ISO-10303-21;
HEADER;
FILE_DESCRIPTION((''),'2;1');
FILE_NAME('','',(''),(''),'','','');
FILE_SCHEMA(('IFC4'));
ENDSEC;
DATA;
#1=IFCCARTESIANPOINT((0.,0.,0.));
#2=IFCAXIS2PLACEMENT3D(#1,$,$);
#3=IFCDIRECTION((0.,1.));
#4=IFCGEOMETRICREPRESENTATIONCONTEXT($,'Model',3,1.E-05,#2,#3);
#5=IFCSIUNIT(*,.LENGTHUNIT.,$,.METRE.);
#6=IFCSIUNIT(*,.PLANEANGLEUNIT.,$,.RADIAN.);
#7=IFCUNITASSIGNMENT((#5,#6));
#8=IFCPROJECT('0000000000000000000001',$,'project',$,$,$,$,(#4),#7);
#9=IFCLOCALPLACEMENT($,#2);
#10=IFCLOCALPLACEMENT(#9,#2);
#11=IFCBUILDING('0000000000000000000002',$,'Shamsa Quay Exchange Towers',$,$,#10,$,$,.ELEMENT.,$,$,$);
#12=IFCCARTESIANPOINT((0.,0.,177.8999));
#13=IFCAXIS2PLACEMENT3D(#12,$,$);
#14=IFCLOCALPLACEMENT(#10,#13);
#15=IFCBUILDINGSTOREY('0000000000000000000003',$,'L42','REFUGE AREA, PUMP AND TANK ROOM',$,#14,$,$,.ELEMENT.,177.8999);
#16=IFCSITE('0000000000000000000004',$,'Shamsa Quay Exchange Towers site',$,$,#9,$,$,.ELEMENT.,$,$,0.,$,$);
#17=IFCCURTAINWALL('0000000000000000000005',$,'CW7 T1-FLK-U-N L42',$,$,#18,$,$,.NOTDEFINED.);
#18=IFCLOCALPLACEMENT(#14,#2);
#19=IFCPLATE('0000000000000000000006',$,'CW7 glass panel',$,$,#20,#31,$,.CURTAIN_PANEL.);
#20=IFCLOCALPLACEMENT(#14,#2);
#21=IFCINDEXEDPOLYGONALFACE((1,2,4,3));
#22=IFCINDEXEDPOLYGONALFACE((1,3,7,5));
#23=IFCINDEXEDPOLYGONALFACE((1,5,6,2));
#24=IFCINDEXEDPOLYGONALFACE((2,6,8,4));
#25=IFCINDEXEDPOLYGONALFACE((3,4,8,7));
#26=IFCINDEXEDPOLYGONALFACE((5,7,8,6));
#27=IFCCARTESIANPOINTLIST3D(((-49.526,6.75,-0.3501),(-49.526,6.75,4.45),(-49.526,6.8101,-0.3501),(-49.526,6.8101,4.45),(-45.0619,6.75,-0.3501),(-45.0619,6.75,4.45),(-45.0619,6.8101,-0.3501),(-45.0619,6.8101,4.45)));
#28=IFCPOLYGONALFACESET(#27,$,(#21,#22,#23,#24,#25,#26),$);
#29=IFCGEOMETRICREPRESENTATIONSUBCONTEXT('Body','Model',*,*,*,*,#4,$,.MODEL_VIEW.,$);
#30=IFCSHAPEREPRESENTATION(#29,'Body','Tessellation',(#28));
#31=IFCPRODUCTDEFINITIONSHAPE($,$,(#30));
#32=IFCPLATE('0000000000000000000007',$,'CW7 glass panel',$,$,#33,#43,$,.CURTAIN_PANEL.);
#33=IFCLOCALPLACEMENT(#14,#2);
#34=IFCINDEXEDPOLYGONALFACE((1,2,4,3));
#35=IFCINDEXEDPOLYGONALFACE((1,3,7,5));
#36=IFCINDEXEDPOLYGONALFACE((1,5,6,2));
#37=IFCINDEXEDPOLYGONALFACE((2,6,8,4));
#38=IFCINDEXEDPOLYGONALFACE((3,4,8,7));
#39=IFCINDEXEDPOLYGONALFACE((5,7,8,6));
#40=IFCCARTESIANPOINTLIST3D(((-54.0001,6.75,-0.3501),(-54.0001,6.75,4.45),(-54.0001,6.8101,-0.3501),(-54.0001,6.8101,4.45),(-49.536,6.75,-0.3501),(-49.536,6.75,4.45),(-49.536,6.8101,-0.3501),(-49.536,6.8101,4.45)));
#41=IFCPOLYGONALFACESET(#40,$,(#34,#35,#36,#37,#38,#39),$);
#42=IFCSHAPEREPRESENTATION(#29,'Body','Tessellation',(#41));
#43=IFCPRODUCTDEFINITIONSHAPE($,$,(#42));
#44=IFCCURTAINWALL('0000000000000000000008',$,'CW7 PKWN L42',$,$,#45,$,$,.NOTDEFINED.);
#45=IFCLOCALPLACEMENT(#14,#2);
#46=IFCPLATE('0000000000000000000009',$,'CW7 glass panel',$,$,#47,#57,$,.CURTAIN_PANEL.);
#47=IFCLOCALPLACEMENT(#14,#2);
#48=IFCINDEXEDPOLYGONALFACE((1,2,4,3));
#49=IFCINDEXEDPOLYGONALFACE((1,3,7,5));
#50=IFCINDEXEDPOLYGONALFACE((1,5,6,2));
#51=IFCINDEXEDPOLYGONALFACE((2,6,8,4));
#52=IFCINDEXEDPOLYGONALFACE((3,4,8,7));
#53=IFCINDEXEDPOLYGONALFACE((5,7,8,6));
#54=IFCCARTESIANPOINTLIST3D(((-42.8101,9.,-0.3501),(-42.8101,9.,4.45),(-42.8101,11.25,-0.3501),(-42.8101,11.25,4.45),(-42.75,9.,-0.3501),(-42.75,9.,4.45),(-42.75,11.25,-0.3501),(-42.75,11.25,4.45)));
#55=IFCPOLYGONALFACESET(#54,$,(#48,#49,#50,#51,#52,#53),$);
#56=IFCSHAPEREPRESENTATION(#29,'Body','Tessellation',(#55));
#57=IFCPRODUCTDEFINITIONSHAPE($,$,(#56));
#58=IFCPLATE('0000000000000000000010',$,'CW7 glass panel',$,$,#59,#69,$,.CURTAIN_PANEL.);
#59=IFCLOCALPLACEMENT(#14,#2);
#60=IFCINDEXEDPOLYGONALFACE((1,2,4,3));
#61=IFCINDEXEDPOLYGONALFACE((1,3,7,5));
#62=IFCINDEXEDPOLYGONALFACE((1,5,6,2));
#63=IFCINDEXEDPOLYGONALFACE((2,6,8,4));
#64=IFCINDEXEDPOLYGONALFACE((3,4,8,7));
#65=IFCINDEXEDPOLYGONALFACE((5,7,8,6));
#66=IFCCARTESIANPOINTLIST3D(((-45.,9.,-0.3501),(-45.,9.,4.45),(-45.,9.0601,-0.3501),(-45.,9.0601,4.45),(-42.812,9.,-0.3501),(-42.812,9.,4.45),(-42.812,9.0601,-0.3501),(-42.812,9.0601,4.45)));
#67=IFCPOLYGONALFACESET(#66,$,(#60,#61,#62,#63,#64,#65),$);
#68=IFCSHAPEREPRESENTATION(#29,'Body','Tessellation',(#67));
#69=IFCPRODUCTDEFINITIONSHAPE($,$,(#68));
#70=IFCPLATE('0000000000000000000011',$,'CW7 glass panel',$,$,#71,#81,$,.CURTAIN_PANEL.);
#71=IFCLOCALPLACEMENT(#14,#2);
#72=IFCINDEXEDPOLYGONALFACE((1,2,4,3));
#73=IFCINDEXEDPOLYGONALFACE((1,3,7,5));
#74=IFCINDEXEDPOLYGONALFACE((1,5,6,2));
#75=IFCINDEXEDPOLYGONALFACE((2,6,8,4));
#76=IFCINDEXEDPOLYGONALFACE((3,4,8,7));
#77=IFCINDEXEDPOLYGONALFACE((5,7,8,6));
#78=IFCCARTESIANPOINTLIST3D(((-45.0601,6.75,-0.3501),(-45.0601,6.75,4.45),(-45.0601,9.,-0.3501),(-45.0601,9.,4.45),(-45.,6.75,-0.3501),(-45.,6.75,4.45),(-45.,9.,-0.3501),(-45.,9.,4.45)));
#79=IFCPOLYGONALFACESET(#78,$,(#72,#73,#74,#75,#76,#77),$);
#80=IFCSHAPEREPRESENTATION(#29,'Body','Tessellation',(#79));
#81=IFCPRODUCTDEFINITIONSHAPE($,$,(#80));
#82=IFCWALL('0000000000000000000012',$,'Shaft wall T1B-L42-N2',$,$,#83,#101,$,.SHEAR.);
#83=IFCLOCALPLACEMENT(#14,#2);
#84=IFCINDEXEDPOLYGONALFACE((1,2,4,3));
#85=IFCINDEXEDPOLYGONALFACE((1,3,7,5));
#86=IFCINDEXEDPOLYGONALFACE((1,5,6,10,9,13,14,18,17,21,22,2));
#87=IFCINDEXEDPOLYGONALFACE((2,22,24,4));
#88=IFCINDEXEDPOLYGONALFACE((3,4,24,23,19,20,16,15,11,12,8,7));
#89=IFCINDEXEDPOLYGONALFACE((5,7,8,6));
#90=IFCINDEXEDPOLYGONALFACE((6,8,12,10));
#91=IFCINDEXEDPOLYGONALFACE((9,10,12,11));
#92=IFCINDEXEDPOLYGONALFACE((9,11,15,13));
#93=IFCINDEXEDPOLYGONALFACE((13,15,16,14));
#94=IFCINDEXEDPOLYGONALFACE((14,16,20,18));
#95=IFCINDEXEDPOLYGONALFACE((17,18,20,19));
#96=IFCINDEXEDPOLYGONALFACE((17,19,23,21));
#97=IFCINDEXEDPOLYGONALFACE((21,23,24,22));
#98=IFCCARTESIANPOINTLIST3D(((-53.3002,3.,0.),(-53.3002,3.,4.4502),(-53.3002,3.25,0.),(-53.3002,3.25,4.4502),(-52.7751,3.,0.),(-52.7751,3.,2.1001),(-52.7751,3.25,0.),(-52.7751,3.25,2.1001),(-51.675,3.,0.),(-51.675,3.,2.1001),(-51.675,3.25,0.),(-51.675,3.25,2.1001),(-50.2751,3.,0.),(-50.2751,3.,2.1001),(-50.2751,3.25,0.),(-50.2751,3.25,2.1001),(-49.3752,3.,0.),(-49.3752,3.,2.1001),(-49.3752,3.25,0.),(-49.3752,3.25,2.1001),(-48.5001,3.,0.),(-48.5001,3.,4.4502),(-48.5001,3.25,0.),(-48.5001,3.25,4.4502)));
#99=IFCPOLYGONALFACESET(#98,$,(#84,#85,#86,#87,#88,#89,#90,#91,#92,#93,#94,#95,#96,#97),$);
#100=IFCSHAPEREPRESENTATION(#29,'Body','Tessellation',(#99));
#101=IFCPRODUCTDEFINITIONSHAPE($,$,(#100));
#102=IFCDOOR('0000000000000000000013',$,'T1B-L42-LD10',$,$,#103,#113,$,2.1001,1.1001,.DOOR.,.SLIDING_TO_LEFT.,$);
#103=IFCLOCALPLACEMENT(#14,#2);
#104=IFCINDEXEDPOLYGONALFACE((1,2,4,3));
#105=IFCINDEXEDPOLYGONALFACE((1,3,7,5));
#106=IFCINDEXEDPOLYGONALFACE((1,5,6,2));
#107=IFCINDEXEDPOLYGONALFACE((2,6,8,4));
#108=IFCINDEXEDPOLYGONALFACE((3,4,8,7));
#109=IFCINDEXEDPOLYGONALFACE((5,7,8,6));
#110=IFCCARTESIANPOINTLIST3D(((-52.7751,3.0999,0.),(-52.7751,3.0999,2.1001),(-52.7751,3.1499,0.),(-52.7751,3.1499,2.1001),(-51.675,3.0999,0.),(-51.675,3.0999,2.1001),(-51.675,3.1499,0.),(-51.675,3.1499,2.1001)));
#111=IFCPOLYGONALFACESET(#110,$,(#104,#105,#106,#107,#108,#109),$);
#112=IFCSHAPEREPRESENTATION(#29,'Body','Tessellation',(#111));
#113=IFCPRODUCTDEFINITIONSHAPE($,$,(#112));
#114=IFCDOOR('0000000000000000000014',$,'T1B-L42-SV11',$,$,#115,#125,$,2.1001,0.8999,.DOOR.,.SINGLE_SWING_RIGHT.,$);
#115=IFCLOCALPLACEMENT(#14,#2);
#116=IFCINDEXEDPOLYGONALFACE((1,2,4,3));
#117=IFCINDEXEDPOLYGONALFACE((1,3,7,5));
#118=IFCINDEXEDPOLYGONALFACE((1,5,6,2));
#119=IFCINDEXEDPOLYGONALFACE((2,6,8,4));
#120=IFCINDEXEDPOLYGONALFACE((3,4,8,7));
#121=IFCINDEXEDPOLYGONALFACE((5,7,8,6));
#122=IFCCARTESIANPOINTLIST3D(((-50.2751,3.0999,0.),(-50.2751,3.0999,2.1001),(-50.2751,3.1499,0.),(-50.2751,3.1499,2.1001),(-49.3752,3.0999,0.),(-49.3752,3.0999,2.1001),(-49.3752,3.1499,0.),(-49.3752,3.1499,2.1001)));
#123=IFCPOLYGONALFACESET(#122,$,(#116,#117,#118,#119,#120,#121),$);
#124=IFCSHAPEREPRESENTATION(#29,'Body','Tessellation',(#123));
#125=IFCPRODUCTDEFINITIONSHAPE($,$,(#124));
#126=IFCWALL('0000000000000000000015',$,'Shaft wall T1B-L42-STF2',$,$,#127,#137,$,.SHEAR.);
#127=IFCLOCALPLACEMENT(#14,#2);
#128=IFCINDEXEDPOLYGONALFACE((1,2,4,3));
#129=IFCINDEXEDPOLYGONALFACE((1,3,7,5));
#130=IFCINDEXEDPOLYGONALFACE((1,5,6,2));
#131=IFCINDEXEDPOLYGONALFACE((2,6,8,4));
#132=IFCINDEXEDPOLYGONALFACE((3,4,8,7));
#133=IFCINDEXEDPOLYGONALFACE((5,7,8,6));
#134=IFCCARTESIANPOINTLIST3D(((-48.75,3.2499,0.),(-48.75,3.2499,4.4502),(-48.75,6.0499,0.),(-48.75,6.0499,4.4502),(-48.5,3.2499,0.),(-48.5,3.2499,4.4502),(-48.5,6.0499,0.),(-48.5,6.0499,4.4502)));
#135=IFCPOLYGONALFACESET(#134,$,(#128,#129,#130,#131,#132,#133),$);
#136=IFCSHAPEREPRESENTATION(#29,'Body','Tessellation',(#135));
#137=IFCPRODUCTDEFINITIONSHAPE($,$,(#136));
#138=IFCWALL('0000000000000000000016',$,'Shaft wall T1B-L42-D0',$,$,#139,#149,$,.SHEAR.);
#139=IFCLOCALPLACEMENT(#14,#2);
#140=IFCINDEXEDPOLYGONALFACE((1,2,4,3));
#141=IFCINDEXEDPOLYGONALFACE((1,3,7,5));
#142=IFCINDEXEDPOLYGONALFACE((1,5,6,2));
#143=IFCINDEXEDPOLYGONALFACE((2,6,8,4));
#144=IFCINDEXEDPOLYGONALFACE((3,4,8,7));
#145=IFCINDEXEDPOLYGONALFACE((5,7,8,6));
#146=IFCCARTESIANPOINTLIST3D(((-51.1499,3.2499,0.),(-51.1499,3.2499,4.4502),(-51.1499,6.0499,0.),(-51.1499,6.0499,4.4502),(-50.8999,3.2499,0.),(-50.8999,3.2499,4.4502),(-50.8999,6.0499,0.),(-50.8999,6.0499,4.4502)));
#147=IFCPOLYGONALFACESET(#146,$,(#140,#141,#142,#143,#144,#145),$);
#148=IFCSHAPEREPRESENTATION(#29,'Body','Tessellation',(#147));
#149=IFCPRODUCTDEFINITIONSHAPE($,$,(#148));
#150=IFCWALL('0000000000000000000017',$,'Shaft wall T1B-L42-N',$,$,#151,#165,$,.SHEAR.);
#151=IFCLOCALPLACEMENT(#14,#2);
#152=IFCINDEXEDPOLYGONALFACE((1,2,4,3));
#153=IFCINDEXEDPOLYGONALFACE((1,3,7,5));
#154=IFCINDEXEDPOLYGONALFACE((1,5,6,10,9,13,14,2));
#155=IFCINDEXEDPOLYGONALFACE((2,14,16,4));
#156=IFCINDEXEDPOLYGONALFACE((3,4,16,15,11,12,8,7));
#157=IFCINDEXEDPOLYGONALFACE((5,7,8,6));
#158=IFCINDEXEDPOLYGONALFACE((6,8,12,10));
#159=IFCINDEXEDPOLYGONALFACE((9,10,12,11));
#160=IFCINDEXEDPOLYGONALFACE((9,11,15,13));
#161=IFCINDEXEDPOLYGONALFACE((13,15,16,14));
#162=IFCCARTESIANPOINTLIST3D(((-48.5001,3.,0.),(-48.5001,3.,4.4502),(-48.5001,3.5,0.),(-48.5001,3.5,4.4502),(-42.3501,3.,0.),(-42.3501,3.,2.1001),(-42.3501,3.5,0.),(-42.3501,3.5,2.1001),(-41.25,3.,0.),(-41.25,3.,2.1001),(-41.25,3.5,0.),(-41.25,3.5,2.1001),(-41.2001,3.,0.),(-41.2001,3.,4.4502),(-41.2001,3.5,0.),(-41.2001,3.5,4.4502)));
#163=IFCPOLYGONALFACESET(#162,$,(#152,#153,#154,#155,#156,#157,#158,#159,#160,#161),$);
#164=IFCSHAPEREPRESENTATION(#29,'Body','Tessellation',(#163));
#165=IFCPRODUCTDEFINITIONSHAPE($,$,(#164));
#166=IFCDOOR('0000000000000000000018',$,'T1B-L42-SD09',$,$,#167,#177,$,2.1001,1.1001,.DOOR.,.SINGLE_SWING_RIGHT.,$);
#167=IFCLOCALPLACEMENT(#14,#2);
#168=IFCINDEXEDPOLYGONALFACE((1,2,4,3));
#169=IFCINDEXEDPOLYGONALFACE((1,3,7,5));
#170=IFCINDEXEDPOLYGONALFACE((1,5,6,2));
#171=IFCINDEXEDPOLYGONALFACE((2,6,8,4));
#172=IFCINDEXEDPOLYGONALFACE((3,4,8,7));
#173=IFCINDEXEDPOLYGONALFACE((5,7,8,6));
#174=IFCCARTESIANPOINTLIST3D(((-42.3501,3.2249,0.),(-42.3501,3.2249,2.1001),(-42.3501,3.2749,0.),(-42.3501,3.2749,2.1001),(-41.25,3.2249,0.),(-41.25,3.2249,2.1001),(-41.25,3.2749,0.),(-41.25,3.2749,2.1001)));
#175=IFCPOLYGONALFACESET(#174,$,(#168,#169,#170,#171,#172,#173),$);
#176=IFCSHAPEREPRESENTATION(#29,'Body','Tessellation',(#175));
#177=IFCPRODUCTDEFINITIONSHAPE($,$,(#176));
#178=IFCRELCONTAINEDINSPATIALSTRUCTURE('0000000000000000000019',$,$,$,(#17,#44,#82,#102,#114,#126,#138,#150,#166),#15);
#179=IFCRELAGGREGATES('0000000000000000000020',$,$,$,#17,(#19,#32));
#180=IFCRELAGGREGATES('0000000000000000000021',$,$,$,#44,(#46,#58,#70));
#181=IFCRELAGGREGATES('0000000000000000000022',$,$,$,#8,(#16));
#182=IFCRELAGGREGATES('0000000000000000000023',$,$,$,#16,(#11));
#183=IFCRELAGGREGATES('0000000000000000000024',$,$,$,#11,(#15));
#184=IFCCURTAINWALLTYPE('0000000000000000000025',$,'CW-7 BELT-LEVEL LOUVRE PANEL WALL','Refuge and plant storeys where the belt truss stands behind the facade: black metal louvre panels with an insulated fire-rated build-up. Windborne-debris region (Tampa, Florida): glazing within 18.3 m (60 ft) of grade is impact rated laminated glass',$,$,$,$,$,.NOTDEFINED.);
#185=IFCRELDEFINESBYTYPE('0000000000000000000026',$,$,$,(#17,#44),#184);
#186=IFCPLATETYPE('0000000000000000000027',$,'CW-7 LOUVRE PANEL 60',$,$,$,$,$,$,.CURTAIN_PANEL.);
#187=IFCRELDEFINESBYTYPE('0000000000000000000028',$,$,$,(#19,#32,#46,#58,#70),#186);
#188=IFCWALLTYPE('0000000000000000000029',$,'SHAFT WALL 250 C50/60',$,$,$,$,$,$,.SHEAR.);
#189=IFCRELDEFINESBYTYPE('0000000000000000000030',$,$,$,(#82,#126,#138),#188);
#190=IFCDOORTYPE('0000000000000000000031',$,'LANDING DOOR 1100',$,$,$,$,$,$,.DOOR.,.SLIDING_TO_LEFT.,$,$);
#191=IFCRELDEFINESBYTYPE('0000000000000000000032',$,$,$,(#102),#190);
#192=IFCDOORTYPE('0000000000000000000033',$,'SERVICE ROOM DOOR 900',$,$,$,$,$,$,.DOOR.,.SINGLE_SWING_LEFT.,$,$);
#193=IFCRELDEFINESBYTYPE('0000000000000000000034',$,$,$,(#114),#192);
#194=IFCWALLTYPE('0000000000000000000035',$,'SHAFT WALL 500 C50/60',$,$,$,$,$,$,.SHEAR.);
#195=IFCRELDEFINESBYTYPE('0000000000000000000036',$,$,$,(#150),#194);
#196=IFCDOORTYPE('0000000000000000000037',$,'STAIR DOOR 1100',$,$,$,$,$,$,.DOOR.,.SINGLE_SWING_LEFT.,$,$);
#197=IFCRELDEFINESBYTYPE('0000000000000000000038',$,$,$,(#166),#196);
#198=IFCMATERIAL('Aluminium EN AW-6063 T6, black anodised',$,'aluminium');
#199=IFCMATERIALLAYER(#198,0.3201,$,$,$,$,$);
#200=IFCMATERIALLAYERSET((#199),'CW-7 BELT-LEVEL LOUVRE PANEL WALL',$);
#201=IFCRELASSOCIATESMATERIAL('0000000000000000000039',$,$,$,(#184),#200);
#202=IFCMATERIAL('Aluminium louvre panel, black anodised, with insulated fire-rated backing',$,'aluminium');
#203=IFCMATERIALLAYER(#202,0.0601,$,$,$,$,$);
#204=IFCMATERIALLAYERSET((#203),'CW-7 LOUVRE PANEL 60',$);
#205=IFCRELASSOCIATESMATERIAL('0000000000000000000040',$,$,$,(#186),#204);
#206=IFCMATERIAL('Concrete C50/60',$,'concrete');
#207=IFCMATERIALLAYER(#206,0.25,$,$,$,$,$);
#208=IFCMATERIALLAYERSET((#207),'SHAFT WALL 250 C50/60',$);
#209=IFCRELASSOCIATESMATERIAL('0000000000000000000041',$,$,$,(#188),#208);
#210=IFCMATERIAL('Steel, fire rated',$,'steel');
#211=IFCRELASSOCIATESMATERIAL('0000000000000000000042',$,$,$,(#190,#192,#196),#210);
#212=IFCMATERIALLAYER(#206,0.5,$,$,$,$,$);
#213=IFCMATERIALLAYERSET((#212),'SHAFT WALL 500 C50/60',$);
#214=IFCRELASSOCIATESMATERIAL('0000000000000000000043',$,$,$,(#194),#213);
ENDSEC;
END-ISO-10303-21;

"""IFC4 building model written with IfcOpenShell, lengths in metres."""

from ifc_helpers import new_model, si_unit, direction, frame, frame_2d, origin, origin_2d, place, context, subcontext, project, spatial, rectangle, extrude, material, layer, layer_set, type_object, element, fill, aggregate, save


model = new_model("IFC4")

# Units and contexts
model_context = context("Model", 3, precision=1e-05, world=origin(), true_north=direction((0.0, 1.0)))
body_context = subcontext(model_context, "Body", "Model", "MODEL_VIEW")
ifc_project = project(units=[si_unit("LENGTHUNIT", "METRE"), si_unit("PLANEANGLEUNIT", "RADIAN")], contexts=[model_context])

# Site, building, storey
site_placement = place(None, origin())
site = spatial("IfcSite", under=ifc_project, at=site_placement, Name="Shamsa Quay Exchange Towers site", CompositionType="ELEMENT", RefElevation=0.0)
building_placement = place(site_placement, origin())
building = spatial("IfcBuilding", under=site, at=building_placement, Name="Shamsa Quay Exchange Towers", CompositionType="ELEMENT")
storey_placement = place(building_placement, frame((0.0, 0.0, 177.8999)))
storey = spatial("IfcBuildingStorey", under=building, at=storey_placement, Name="L42", Description="REFUGE AREA, PUMP AND TANK ROOM", CompositionType="ELEMENT", Elevation=177.8999)

# Curtain walls, plates
ifc_material_1 = material(Name="Aluminium EN AW-6063 T6, black anodised", Category="aluminium")
ifc_layer_1 = layer(ifc_material_1, 0.3201)
ifc_layer_set_1 = layer_set([ifc_layer_1], Name="CW-7 BELT-LEVEL LOUVRE PANEL WALL")
curtain_wall_type = type_object("IfcCurtainWallType", Name="CW-7 BELT-LEVEL LOUVRE PANEL WALL", Description="Refuge and plant storeys where the belt truss stands behind the facade: black metal louvre panels with an insulated fire-rated build-up. Windborne-debris region (Tampa, Florida): glazing within 18.3 m (60 ft) of grade is impact rated laminated glass", PredefinedType="NOTDEFINED", material=ifc_layer_set_1)
curtain_wall_1_placement = place(storey_placement, origin())
curtain_wall_1 = element("IfcCurtainWall", 1, at=curtain_wall_1_placement, inside=storey, type_object=curtain_wall_type, Name="CW7 T1-FLK-U-N L42", PredefinedType="NOTDEFINED")
ifc_material_2 = material(Name="Aluminium louvre panel, black anodised, with insulated fire-rated backing", Category="aluminium")
ifc_layer_2 = layer(ifc_material_2, 0.0601)
ifc_layer_set_2 = layer_set([ifc_layer_2], Name="CW-7 LOUVRE PANEL 60")
plate_type = type_object("IfcPlateType", Name="CW-7 LOUVRE PANEL 60", PredefinedType="CURTAIN_PANEL", material=ifc_layer_set_2)
plate_1_placement = place(storey_placement, frame((-47.2939, 6.78, -0.3501), z_axis=(0.0, 0.0, 1.0), x_axis=(-1.0, 0.0, 0.0)))
plate_1 = element("IfcPlate", 2, at=plate_1_placement, type_object=plate_type, Name="CW7 glass panel", PredefinedType="CURTAIN_PANEL", context=body_context, shape_type="SweptSolid", body=[
    extrude(rectangle(XDim=4.4641, YDim=0.0601, at=origin_2d()), origin(), (0.0, 0.0, 1.0), 4.8),
])
plate_2_placement = place(storey_placement, frame((-51.7681, 6.78, -0.3501), z_axis=(0.0, 0.0, 1.0), x_axis=(-1.0, 0.0, 0.0)))
plate_2 = element("IfcPlate", 3, at=plate_2_placement, type_object=plate_type, Name="CW7 glass panel", PredefinedType="CURTAIN_PANEL", context=body_context, shape_type="SweptSolid", body=[
    extrude(rectangle(XDim=4.4641, YDim=0.0601, at=origin_2d()), origin(), (0.0, 0.0, 1.0), 4.8),
])
aggregate(curtain_wall_1, [plate_1, plate_2])
curtain_wall_2_placement = place(storey_placement, origin())
curtain_wall_2 = element("IfcCurtainWall", 4, at=curtain_wall_2_placement, inside=storey, type_object=curtain_wall_type, Name="CW7 PKWN L42", PredefinedType="NOTDEFINED")
plate_3_placement = place(storey_placement, frame((-42.78, 10.125, -0.3501), z_axis=(0.0, 0.0, 1.0), x_axis=(0.0, -1.0, 0.0)))
plate_3 = element("IfcPlate", 5, at=plate_3_placement, type_object=plate_type, Name="CW7 glass panel", PredefinedType="CURTAIN_PANEL", context=body_context, shape_type="SweptSolid", body=[
    extrude(rectangle(XDim=2.25, YDim=0.0601, at=origin_2d()), origin(), (0.0, 0.0, 1.0), 4.8),
])
plate_4_placement = place(storey_placement, frame((-43.906, 9.03, -0.3501), z_axis=(0.0, 0.0, 1.0), x_axis=(-1.0, 0.0, 0.0)))
plate_4 = element("IfcPlate", 6, at=plate_4_placement, type_object=plate_type, Name="CW7 glass panel", PredefinedType="CURTAIN_PANEL", context=body_context, shape_type="SweptSolid", body=[
    extrude(rectangle(XDim=2.188, YDim=0.0601, at=origin_2d()), origin(), (0.0, 0.0, 1.0), 4.8),
])
plate_5_placement = place(storey_placement, frame((-45.03, 7.875, -0.3501), z_axis=(0.0, 0.0, 1.0), x_axis=(0.0, -1.0, 0.0)))
plate_5 = element("IfcPlate", 7, at=plate_5_placement, type_object=plate_type, Name="CW7 glass panel", PredefinedType="CURTAIN_PANEL", context=body_context, shape_type="SweptSolid", body=[
    extrude(rectangle(XDim=2.25, YDim=0.0601, at=origin_2d()), origin(), (0.0, 0.0, 1.0), 4.8),
])
aggregate(curtain_wall_2, [plate_3, plate_4, plate_5])

# Wall, openings, doors
ifc_material_3 = material(Name="Concrete C50/60", Category="concrete")
ifc_layer_3 = layer(ifc_material_3, 0.25)
ifc_layer_set_3 = layer_set([ifc_layer_3], Name="SHAFT WALL 250 C50/60")
wall_type_1 = type_object("IfcWallType", Name="SHAFT WALL 250 C50/60", PredefinedType="SHEAR", material=ifc_layer_set_3)
wall_1_placement = place(storey_placement, frame((-53.3, 3.125, 0.0)))
wall_1 = element("IfcWall", 8, at=wall_1_placement, inside=storey, type_object=wall_type_1, Name="Shaft wall T1B-L42-N2", PredefinedType="SHEAR", context=body_context, shape_type="SweptSolid", body=[
    extrude(rectangle(XDim=4.8, YDim=0.25, at=frame_2d((2.3999, 0.0))), origin(), (0.0, 0.0, 1.0), 4.4502),
])
opening_1_placement = place(wall_1_placement, frame((0.5249, 0.0, 0.0)))
opening_1 = element("IfcOpeningElement", 9, at=opening_1_placement, cuts=wall_1, PredefinedType="OPENING", context=body_context, shape_type="SweptSolid", body=[
    extrude(rectangle(XDim=1.1001, YDim=2.1001, at=frame_2d((0.55, 1.05))), frame((0.0, 0.135, 0.0), z_axis=(0.0, -1.0, 0.0), x_axis=(1.0, 0.0, 0.0)), (0.0, 0.0, 1.0), 0.27),
])
opening_2_placement = place(wall_1_placement, frame((3.0249, 0.0, 0.0)))
opening_2 = element("IfcOpeningElement", 10, at=opening_2_placement, cuts=wall_1, PredefinedType="OPENING", context=body_context, shape_type="SweptSolid", body=[
    extrude(rectangle(XDim=0.8999, YDim=2.1001, at=frame_2d((0.45, 1.05))), frame((0.0, 0.135, 0.0), z_axis=(0.0, -1.0, 0.0), x_axis=(1.0, 0.0, 0.0)), (0.0, 0.0, 1.0), 0.27),
])
ifc_material_4 = material(Name="Steel, fire rated", Category="steel")
door_type_1 = type_object("IfcDoorType", Name="LANDING DOOR 1100", OperationType="SLIDING_TO_LEFT", PredefinedType="DOOR", material=ifc_material_4)
door_1_placement = place(opening_1_placement, origin())
door_1 = element("IfcDoor", 11, at=door_1_placement, inside=storey, type_object=door_type_1, Name="T1B-L42-LD10", OperationType="SLIDING_TO_LEFT", OverallHeight=2.1001, OverallWidth=1.1001, PredefinedType="DOOR", context=body_context, shape_type="SweptSolid", body=[
    extrude(rectangle(XDim=1.1001, YDim=2.1001, at=frame_2d((0.55, 1.05))), frame((0.0, 0.0249, 0.0), z_axis=(0.0, -1.0, 0.0), x_axis=(1.0, 0.0, 0.0)), (0.0, 0.0, 1.0), 0.05),
])
fill(opening_1, door_1)
door_type_2 = type_object("IfcDoorType", Name="SERVICE ROOM DOOR 900", OperationType="SINGLE_SWING_LEFT", PredefinedType="DOOR", material=ifc_material_4)
door_2_placement = place(opening_2_placement, origin())
door_2 = element("IfcDoor", 12, at=door_2_placement, inside=storey, type_object=door_type_2, Name="T1B-L42-SV11", OperationType="SINGLE_SWING_RIGHT", OverallHeight=2.1001, OverallWidth=0.8999, PredefinedType="DOOR", context=body_context, shape_type="SweptSolid", body=[
    extrude(rectangle(XDim=0.8999, YDim=2.1001, at=frame_2d((0.45, 1.05))), frame((0.0, 0.0249, 0.0), z_axis=(0.0, -1.0, 0.0), x_axis=(1.0, 0.0, 0.0)), (0.0, 0.0, 1.0), 0.05),
])
fill(opening_2, door_2)

# Walls
for number, where, z_axis, x_axis, name in (
    (13, (-48.625, 3.25, 0.0), (0.0, 0.0, 1.0), (0.0, 1.0, 0.0), "Shaft wall T1B-L42-STF2"),
    (14, (-51.0249, 3.25, 0.0), (0.0, 0.0, 1.0), (0.0, 1.0, 0.0), "Shaft wall T1B-L42-D0"),
):
    element("IfcWall", number, at=place(storey_placement, frame(where, z_axis=z_axis, x_axis=x_axis)), inside=storey, type_object=wall_type_1, Name=name, PredefinedType="SHEAR", context=body_context, shape_type="SweptSolid", body=[
        extrude(rectangle(XDim=2.8, YDim=0.25, at=frame_2d((1.3999, 0.0))), origin(), (0.0, 0.0, 1.0), 4.4502),
    ])

# Wall, opening, door
ifc_layer_4 = layer(ifc_material_3, 0.5)
ifc_layer_set_4 = layer_set([ifc_layer_4], Name="SHAFT WALL 500 C50/60")
wall_type_2 = type_object("IfcWallType", Name="SHAFT WALL 500 C50/60", PredefinedType="SHEAR", material=ifc_layer_set_4)
wall_2_placement = place(storey_placement, frame((-48.5, 3.25, 0.0)))
wall_2 = element("IfcWall", 15, at=wall_2_placement, inside=storey, type_object=wall_type_2, Name="Shaft wall T1B-L42-N", PredefinedType="SHEAR", context=body_context, shape_type="SweptSolid", body=[
    extrude(rectangle(XDim=7.3, YDim=0.5, at=frame_2d((3.6499, 0.0))), origin(), (0.0, 0.0, 1.0), 4.4502),
])
opening_3_placement = place(wall_2_placement, frame((6.1499, 0.0, 0.0)))
opening_3 = element("IfcOpeningElement", 16, at=opening_3_placement, cuts=wall_2, PredefinedType="OPENING", context=body_context, shape_type="SweptSolid", body=[
    extrude(rectangle(XDim=1.1001, YDim=2.1001, at=frame_2d((0.55, 1.05))), frame((0.0, 0.26, 0.0), z_axis=(0.0, -1.0, 0.0), x_axis=(1.0, 0.0, 0.0)), (0.0, 0.0, 1.0), 0.52),
])
door_type_3 = type_object("IfcDoorType", Name="STAIR DOOR 1100", OperationType="SINGLE_SWING_LEFT", PredefinedType="DOOR", material=ifc_material_4)
door_3_placement = place(opening_3_placement, origin())
door_3 = element("IfcDoor", 17, at=door_3_placement, inside=storey, type_object=door_type_3, Name="T1B-L42-SD09", OperationType="SINGLE_SWING_RIGHT", OverallHeight=2.1001, OverallWidth=1.1001, PredefinedType="DOOR", context=body_context, shape_type="SweptSolid", body=[
    extrude(rectangle(XDim=1.1001, YDim=2.1001, at=frame_2d((0.55, 1.05))), frame((0.0, 0.0249, 0.0), z_axis=(0.0, -1.0, 0.0), x_axis=(1.0, 0.0, 0.0)), (0.0, 0.0, 1.0), 0.05),
])
fill(opening_3, door_3)

save(model, "model.ifc")
